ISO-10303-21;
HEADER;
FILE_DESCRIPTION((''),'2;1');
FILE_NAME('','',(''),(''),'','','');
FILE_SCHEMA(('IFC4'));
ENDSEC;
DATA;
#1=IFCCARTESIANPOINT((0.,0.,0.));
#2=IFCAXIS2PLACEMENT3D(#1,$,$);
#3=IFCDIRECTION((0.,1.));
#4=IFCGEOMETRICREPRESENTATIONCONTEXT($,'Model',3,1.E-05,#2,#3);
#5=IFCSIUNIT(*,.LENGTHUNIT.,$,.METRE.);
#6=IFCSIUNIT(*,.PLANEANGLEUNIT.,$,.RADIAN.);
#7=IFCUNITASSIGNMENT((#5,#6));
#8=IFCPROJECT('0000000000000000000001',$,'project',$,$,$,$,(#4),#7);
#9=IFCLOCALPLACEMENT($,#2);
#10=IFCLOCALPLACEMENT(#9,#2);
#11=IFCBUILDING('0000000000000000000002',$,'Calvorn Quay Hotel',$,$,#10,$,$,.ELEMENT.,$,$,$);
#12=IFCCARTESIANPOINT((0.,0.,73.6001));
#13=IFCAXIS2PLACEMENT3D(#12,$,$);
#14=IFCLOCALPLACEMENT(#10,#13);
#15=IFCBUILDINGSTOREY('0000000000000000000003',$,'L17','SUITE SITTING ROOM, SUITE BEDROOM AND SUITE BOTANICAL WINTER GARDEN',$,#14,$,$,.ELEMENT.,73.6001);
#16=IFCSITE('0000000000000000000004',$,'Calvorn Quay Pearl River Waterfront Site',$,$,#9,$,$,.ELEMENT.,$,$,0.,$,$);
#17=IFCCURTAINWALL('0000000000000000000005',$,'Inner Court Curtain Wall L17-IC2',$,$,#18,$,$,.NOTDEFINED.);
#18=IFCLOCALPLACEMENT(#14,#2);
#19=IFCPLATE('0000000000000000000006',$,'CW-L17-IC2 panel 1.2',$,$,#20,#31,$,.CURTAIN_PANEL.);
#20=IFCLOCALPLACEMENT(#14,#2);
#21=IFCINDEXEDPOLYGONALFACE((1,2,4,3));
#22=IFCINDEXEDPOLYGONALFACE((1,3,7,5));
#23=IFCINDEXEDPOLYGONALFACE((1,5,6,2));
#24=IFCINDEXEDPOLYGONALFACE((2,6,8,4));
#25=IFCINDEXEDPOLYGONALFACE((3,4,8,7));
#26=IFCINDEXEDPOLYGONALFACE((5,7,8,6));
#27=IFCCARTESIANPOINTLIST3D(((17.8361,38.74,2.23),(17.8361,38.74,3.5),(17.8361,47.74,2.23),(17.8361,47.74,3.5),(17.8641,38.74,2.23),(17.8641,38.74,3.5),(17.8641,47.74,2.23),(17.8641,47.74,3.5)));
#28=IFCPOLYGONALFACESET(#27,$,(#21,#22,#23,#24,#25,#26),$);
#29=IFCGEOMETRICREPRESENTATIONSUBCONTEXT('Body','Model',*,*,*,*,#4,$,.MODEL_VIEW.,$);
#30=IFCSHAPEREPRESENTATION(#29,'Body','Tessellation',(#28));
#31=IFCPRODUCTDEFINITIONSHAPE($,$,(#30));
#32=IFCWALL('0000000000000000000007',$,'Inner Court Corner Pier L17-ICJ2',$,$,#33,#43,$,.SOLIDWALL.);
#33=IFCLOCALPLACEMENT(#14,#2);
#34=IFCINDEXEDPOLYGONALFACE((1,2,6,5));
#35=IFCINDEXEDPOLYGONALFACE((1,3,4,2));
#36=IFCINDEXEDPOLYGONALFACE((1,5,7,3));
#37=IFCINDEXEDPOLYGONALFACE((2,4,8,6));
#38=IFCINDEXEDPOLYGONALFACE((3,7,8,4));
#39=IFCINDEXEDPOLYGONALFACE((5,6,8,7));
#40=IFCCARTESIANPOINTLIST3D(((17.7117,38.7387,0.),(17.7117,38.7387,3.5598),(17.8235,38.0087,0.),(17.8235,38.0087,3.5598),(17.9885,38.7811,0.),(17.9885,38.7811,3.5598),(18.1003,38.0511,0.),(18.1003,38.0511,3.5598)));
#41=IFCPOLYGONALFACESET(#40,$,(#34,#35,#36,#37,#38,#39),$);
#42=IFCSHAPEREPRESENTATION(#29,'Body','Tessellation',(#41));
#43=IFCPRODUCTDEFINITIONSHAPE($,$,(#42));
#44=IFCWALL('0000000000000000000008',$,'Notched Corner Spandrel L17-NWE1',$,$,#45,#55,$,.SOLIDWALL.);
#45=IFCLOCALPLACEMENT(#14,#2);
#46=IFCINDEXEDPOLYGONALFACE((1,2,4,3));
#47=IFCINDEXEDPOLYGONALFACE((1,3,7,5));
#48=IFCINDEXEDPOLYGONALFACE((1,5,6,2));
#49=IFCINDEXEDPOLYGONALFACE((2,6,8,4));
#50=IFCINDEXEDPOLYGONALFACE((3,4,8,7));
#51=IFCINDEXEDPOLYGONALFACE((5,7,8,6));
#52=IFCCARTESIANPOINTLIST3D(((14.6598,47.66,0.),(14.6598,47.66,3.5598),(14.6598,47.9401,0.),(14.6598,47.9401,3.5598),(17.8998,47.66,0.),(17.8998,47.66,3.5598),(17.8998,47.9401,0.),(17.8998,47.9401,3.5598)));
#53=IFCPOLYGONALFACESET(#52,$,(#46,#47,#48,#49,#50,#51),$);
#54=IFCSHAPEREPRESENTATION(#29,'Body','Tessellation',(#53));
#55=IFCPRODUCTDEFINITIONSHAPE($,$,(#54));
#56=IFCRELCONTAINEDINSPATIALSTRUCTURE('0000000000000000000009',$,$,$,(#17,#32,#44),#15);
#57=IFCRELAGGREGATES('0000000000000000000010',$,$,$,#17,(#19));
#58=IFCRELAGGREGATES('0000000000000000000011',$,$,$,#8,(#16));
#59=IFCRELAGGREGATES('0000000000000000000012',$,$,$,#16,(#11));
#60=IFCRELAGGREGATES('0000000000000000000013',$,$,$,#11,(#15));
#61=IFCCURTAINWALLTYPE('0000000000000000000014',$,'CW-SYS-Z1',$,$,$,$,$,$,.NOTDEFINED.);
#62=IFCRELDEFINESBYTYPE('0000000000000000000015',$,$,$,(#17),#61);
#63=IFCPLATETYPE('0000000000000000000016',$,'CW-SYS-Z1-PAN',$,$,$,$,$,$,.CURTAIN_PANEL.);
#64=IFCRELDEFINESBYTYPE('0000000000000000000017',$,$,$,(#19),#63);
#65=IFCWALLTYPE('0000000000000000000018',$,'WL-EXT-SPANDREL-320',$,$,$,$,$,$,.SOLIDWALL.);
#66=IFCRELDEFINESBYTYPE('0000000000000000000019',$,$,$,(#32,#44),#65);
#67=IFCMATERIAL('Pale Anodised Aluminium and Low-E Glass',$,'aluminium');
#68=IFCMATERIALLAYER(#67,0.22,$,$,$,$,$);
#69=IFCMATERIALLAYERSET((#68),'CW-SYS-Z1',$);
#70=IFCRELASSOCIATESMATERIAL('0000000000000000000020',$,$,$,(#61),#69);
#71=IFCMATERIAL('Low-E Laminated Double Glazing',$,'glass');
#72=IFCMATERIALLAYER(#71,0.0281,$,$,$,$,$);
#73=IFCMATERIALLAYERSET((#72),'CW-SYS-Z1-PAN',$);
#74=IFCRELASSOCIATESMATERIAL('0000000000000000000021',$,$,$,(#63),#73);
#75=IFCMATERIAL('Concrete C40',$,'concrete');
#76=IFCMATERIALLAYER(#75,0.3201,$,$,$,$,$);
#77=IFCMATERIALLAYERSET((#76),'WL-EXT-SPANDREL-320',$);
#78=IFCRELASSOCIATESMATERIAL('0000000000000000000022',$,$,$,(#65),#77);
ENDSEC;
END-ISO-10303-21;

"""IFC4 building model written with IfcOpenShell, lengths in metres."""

from ifc_helpers import new_model, si_unit, direction, frame, frame_2d, origin, origin_2d, place, context, subcontext, project, spatial, rectangle, extrude, material, layer, layer_set, type_object, element, aggregate, save


model = new_model("IFC4")

# Units and contexts
model_context = context("Model", 3, precision=1e-05, world=origin(), true_north=direction((0.0, 1.0)))
body_context = subcontext(model_context, "Body", "Model", "MODEL_VIEW")
ifc_project = project(units=[si_unit("LENGTHUNIT", "METRE"), si_unit("PLANEANGLEUNIT", "RADIAN")], contexts=[model_context])

# Site, building, storey
site_placement = place(None, origin())
site = spatial("IfcSite", under=ifc_project, at=site_placement, Name="Calvorn Quay Pearl River Waterfront Site", CompositionType="ELEMENT", RefElevation=0.0)
building_placement = place(site_placement, origin())
building = spatial("IfcBuilding", under=site, at=building_placement, Name="Calvorn Quay Hotel", CompositionType="ELEMENT")
storey_placement = place(building_placement, frame((0.0, 0.0, 73.6001)))
storey = spatial("IfcBuildingStorey", under=building, at=storey_placement, Name="L17", Description="SUITE SITTING ROOM, SUITE BEDROOM AND SUITE BOTANICAL WINTER GARDEN", CompositionType="ELEMENT", Elevation=73.6001)

# Shared definitions
ifc_material_1 = material(Name="Pale Anodised Aluminium and Low-E Glass", Category="aluminium")
ifc_layer_1 = layer(ifc_material_1, 0.22)
ifc_layer_set_1 = layer_set([ifc_layer_1], Name="CW-SYS-Z1")
curtain_wall_type = type_object("IfcCurtainWallType", Name="CW-SYS-Z1", PredefinedType="NOTDEFINED", material=ifc_layer_set_1)

# Curtain wall
curtain_wall_1_placement = place(storey_placement, origin())
curtain_wall_1 = element("IfcCurtainWall", 1, at=curtain_wall_1_placement, inside=storey, type_object=curtain_wall_type, Name="Inner Court Curtain Wall L17-IC2", PredefinedType="NOTDEFINED")

# Plate
ifc_material_2 = material(Name="Low-E Laminated Double Glazing", Category="glass")
ifc_layer_2 = layer(ifc_material_2, 0.0281)
ifc_layer_set_2 = layer_set([ifc_layer_2], Name="CW-SYS-Z1-PAN")
plate_type = type_object("IfcPlateType", Name="CW-SYS-Z1-PAN", PredefinedType="CURTAIN_PANEL", material=ifc_layer_set_2)
plate_1_placement = place(storey_placement, frame((17.8501, 43.24, 2.23), z_axis=(0.0, 0.0, 1.0), x_axis=(0.0, 1.0, 0.0)))
plate_1 = element("IfcPlate", 2, at=plate_1_placement, type_object=plate_type, Name="CW-L17-IC2 panel 1.2", PredefinedType="CURTAIN_PANEL", context=body_context, shape_type="SweptSolid", body=[
    extrude(rectangle(XDim=9.0, YDim=0.0281, at=origin_2d()), origin(), (0.0, 0.0, 1.0), 1.27),
])
aggregate(curtain_wall_1, [plate_1])

# Walls
ifc_material_3 = material(Name="Concrete C40", Category="concrete")
ifc_layer_3 = layer(ifc_material_3, 0.3201)
ifc_layer_set_3 = layer_set([ifc_layer_3], Name="WL-EXT-SPANDREL-320")
wall_type = type_object("IfcWallType", Name="WL-EXT-SPANDREL-320", PredefinedType="SOLIDWALL", material=ifc_layer_set_3)
wall_1_placement = place(storey_placement, frame((17.9619, 38.03, 0.0), z_axis=(0.0, 0.0, 1.0), x_axis=(-0.151411, 0.988471, 0.0)))
element("IfcWall", 3, at=wall_1_placement, inside=storey, type_object=wall_type, Name="Inner Court Corner Pier L17-ICJ2", PredefinedType="SOLIDWALL", context=body_context, shape_type="SweptSolid", body=[
    extrude(rectangle(XDim=0.7385, YDim=0.28, at=frame_2d((0.3691, 0.0))), origin(), (0.0, 0.0, 1.0), 3.5598),
])
wall_2_placement = place(storey_placement, frame((17.8999, 47.8, 0.0), z_axis=(0.0, 0.0, 1.0), x_axis=(-1.0, 0.0, 0.0)))
element("IfcWall", 4, at=wall_2_placement, inside=storey, type_object=wall_type, Name="Notched Corner Spandrel L17-NWE1", PredefinedType="SOLIDWALL", context=body_context, shape_type="SweptSolid", body=[
    extrude(rectangle(XDim=3.24, YDim=0.28, at=frame_2d((1.6201, 0.0))), origin(), (0.0, 0.0, 1.0), 3.5598),
])

save(model, "model.ifc")
